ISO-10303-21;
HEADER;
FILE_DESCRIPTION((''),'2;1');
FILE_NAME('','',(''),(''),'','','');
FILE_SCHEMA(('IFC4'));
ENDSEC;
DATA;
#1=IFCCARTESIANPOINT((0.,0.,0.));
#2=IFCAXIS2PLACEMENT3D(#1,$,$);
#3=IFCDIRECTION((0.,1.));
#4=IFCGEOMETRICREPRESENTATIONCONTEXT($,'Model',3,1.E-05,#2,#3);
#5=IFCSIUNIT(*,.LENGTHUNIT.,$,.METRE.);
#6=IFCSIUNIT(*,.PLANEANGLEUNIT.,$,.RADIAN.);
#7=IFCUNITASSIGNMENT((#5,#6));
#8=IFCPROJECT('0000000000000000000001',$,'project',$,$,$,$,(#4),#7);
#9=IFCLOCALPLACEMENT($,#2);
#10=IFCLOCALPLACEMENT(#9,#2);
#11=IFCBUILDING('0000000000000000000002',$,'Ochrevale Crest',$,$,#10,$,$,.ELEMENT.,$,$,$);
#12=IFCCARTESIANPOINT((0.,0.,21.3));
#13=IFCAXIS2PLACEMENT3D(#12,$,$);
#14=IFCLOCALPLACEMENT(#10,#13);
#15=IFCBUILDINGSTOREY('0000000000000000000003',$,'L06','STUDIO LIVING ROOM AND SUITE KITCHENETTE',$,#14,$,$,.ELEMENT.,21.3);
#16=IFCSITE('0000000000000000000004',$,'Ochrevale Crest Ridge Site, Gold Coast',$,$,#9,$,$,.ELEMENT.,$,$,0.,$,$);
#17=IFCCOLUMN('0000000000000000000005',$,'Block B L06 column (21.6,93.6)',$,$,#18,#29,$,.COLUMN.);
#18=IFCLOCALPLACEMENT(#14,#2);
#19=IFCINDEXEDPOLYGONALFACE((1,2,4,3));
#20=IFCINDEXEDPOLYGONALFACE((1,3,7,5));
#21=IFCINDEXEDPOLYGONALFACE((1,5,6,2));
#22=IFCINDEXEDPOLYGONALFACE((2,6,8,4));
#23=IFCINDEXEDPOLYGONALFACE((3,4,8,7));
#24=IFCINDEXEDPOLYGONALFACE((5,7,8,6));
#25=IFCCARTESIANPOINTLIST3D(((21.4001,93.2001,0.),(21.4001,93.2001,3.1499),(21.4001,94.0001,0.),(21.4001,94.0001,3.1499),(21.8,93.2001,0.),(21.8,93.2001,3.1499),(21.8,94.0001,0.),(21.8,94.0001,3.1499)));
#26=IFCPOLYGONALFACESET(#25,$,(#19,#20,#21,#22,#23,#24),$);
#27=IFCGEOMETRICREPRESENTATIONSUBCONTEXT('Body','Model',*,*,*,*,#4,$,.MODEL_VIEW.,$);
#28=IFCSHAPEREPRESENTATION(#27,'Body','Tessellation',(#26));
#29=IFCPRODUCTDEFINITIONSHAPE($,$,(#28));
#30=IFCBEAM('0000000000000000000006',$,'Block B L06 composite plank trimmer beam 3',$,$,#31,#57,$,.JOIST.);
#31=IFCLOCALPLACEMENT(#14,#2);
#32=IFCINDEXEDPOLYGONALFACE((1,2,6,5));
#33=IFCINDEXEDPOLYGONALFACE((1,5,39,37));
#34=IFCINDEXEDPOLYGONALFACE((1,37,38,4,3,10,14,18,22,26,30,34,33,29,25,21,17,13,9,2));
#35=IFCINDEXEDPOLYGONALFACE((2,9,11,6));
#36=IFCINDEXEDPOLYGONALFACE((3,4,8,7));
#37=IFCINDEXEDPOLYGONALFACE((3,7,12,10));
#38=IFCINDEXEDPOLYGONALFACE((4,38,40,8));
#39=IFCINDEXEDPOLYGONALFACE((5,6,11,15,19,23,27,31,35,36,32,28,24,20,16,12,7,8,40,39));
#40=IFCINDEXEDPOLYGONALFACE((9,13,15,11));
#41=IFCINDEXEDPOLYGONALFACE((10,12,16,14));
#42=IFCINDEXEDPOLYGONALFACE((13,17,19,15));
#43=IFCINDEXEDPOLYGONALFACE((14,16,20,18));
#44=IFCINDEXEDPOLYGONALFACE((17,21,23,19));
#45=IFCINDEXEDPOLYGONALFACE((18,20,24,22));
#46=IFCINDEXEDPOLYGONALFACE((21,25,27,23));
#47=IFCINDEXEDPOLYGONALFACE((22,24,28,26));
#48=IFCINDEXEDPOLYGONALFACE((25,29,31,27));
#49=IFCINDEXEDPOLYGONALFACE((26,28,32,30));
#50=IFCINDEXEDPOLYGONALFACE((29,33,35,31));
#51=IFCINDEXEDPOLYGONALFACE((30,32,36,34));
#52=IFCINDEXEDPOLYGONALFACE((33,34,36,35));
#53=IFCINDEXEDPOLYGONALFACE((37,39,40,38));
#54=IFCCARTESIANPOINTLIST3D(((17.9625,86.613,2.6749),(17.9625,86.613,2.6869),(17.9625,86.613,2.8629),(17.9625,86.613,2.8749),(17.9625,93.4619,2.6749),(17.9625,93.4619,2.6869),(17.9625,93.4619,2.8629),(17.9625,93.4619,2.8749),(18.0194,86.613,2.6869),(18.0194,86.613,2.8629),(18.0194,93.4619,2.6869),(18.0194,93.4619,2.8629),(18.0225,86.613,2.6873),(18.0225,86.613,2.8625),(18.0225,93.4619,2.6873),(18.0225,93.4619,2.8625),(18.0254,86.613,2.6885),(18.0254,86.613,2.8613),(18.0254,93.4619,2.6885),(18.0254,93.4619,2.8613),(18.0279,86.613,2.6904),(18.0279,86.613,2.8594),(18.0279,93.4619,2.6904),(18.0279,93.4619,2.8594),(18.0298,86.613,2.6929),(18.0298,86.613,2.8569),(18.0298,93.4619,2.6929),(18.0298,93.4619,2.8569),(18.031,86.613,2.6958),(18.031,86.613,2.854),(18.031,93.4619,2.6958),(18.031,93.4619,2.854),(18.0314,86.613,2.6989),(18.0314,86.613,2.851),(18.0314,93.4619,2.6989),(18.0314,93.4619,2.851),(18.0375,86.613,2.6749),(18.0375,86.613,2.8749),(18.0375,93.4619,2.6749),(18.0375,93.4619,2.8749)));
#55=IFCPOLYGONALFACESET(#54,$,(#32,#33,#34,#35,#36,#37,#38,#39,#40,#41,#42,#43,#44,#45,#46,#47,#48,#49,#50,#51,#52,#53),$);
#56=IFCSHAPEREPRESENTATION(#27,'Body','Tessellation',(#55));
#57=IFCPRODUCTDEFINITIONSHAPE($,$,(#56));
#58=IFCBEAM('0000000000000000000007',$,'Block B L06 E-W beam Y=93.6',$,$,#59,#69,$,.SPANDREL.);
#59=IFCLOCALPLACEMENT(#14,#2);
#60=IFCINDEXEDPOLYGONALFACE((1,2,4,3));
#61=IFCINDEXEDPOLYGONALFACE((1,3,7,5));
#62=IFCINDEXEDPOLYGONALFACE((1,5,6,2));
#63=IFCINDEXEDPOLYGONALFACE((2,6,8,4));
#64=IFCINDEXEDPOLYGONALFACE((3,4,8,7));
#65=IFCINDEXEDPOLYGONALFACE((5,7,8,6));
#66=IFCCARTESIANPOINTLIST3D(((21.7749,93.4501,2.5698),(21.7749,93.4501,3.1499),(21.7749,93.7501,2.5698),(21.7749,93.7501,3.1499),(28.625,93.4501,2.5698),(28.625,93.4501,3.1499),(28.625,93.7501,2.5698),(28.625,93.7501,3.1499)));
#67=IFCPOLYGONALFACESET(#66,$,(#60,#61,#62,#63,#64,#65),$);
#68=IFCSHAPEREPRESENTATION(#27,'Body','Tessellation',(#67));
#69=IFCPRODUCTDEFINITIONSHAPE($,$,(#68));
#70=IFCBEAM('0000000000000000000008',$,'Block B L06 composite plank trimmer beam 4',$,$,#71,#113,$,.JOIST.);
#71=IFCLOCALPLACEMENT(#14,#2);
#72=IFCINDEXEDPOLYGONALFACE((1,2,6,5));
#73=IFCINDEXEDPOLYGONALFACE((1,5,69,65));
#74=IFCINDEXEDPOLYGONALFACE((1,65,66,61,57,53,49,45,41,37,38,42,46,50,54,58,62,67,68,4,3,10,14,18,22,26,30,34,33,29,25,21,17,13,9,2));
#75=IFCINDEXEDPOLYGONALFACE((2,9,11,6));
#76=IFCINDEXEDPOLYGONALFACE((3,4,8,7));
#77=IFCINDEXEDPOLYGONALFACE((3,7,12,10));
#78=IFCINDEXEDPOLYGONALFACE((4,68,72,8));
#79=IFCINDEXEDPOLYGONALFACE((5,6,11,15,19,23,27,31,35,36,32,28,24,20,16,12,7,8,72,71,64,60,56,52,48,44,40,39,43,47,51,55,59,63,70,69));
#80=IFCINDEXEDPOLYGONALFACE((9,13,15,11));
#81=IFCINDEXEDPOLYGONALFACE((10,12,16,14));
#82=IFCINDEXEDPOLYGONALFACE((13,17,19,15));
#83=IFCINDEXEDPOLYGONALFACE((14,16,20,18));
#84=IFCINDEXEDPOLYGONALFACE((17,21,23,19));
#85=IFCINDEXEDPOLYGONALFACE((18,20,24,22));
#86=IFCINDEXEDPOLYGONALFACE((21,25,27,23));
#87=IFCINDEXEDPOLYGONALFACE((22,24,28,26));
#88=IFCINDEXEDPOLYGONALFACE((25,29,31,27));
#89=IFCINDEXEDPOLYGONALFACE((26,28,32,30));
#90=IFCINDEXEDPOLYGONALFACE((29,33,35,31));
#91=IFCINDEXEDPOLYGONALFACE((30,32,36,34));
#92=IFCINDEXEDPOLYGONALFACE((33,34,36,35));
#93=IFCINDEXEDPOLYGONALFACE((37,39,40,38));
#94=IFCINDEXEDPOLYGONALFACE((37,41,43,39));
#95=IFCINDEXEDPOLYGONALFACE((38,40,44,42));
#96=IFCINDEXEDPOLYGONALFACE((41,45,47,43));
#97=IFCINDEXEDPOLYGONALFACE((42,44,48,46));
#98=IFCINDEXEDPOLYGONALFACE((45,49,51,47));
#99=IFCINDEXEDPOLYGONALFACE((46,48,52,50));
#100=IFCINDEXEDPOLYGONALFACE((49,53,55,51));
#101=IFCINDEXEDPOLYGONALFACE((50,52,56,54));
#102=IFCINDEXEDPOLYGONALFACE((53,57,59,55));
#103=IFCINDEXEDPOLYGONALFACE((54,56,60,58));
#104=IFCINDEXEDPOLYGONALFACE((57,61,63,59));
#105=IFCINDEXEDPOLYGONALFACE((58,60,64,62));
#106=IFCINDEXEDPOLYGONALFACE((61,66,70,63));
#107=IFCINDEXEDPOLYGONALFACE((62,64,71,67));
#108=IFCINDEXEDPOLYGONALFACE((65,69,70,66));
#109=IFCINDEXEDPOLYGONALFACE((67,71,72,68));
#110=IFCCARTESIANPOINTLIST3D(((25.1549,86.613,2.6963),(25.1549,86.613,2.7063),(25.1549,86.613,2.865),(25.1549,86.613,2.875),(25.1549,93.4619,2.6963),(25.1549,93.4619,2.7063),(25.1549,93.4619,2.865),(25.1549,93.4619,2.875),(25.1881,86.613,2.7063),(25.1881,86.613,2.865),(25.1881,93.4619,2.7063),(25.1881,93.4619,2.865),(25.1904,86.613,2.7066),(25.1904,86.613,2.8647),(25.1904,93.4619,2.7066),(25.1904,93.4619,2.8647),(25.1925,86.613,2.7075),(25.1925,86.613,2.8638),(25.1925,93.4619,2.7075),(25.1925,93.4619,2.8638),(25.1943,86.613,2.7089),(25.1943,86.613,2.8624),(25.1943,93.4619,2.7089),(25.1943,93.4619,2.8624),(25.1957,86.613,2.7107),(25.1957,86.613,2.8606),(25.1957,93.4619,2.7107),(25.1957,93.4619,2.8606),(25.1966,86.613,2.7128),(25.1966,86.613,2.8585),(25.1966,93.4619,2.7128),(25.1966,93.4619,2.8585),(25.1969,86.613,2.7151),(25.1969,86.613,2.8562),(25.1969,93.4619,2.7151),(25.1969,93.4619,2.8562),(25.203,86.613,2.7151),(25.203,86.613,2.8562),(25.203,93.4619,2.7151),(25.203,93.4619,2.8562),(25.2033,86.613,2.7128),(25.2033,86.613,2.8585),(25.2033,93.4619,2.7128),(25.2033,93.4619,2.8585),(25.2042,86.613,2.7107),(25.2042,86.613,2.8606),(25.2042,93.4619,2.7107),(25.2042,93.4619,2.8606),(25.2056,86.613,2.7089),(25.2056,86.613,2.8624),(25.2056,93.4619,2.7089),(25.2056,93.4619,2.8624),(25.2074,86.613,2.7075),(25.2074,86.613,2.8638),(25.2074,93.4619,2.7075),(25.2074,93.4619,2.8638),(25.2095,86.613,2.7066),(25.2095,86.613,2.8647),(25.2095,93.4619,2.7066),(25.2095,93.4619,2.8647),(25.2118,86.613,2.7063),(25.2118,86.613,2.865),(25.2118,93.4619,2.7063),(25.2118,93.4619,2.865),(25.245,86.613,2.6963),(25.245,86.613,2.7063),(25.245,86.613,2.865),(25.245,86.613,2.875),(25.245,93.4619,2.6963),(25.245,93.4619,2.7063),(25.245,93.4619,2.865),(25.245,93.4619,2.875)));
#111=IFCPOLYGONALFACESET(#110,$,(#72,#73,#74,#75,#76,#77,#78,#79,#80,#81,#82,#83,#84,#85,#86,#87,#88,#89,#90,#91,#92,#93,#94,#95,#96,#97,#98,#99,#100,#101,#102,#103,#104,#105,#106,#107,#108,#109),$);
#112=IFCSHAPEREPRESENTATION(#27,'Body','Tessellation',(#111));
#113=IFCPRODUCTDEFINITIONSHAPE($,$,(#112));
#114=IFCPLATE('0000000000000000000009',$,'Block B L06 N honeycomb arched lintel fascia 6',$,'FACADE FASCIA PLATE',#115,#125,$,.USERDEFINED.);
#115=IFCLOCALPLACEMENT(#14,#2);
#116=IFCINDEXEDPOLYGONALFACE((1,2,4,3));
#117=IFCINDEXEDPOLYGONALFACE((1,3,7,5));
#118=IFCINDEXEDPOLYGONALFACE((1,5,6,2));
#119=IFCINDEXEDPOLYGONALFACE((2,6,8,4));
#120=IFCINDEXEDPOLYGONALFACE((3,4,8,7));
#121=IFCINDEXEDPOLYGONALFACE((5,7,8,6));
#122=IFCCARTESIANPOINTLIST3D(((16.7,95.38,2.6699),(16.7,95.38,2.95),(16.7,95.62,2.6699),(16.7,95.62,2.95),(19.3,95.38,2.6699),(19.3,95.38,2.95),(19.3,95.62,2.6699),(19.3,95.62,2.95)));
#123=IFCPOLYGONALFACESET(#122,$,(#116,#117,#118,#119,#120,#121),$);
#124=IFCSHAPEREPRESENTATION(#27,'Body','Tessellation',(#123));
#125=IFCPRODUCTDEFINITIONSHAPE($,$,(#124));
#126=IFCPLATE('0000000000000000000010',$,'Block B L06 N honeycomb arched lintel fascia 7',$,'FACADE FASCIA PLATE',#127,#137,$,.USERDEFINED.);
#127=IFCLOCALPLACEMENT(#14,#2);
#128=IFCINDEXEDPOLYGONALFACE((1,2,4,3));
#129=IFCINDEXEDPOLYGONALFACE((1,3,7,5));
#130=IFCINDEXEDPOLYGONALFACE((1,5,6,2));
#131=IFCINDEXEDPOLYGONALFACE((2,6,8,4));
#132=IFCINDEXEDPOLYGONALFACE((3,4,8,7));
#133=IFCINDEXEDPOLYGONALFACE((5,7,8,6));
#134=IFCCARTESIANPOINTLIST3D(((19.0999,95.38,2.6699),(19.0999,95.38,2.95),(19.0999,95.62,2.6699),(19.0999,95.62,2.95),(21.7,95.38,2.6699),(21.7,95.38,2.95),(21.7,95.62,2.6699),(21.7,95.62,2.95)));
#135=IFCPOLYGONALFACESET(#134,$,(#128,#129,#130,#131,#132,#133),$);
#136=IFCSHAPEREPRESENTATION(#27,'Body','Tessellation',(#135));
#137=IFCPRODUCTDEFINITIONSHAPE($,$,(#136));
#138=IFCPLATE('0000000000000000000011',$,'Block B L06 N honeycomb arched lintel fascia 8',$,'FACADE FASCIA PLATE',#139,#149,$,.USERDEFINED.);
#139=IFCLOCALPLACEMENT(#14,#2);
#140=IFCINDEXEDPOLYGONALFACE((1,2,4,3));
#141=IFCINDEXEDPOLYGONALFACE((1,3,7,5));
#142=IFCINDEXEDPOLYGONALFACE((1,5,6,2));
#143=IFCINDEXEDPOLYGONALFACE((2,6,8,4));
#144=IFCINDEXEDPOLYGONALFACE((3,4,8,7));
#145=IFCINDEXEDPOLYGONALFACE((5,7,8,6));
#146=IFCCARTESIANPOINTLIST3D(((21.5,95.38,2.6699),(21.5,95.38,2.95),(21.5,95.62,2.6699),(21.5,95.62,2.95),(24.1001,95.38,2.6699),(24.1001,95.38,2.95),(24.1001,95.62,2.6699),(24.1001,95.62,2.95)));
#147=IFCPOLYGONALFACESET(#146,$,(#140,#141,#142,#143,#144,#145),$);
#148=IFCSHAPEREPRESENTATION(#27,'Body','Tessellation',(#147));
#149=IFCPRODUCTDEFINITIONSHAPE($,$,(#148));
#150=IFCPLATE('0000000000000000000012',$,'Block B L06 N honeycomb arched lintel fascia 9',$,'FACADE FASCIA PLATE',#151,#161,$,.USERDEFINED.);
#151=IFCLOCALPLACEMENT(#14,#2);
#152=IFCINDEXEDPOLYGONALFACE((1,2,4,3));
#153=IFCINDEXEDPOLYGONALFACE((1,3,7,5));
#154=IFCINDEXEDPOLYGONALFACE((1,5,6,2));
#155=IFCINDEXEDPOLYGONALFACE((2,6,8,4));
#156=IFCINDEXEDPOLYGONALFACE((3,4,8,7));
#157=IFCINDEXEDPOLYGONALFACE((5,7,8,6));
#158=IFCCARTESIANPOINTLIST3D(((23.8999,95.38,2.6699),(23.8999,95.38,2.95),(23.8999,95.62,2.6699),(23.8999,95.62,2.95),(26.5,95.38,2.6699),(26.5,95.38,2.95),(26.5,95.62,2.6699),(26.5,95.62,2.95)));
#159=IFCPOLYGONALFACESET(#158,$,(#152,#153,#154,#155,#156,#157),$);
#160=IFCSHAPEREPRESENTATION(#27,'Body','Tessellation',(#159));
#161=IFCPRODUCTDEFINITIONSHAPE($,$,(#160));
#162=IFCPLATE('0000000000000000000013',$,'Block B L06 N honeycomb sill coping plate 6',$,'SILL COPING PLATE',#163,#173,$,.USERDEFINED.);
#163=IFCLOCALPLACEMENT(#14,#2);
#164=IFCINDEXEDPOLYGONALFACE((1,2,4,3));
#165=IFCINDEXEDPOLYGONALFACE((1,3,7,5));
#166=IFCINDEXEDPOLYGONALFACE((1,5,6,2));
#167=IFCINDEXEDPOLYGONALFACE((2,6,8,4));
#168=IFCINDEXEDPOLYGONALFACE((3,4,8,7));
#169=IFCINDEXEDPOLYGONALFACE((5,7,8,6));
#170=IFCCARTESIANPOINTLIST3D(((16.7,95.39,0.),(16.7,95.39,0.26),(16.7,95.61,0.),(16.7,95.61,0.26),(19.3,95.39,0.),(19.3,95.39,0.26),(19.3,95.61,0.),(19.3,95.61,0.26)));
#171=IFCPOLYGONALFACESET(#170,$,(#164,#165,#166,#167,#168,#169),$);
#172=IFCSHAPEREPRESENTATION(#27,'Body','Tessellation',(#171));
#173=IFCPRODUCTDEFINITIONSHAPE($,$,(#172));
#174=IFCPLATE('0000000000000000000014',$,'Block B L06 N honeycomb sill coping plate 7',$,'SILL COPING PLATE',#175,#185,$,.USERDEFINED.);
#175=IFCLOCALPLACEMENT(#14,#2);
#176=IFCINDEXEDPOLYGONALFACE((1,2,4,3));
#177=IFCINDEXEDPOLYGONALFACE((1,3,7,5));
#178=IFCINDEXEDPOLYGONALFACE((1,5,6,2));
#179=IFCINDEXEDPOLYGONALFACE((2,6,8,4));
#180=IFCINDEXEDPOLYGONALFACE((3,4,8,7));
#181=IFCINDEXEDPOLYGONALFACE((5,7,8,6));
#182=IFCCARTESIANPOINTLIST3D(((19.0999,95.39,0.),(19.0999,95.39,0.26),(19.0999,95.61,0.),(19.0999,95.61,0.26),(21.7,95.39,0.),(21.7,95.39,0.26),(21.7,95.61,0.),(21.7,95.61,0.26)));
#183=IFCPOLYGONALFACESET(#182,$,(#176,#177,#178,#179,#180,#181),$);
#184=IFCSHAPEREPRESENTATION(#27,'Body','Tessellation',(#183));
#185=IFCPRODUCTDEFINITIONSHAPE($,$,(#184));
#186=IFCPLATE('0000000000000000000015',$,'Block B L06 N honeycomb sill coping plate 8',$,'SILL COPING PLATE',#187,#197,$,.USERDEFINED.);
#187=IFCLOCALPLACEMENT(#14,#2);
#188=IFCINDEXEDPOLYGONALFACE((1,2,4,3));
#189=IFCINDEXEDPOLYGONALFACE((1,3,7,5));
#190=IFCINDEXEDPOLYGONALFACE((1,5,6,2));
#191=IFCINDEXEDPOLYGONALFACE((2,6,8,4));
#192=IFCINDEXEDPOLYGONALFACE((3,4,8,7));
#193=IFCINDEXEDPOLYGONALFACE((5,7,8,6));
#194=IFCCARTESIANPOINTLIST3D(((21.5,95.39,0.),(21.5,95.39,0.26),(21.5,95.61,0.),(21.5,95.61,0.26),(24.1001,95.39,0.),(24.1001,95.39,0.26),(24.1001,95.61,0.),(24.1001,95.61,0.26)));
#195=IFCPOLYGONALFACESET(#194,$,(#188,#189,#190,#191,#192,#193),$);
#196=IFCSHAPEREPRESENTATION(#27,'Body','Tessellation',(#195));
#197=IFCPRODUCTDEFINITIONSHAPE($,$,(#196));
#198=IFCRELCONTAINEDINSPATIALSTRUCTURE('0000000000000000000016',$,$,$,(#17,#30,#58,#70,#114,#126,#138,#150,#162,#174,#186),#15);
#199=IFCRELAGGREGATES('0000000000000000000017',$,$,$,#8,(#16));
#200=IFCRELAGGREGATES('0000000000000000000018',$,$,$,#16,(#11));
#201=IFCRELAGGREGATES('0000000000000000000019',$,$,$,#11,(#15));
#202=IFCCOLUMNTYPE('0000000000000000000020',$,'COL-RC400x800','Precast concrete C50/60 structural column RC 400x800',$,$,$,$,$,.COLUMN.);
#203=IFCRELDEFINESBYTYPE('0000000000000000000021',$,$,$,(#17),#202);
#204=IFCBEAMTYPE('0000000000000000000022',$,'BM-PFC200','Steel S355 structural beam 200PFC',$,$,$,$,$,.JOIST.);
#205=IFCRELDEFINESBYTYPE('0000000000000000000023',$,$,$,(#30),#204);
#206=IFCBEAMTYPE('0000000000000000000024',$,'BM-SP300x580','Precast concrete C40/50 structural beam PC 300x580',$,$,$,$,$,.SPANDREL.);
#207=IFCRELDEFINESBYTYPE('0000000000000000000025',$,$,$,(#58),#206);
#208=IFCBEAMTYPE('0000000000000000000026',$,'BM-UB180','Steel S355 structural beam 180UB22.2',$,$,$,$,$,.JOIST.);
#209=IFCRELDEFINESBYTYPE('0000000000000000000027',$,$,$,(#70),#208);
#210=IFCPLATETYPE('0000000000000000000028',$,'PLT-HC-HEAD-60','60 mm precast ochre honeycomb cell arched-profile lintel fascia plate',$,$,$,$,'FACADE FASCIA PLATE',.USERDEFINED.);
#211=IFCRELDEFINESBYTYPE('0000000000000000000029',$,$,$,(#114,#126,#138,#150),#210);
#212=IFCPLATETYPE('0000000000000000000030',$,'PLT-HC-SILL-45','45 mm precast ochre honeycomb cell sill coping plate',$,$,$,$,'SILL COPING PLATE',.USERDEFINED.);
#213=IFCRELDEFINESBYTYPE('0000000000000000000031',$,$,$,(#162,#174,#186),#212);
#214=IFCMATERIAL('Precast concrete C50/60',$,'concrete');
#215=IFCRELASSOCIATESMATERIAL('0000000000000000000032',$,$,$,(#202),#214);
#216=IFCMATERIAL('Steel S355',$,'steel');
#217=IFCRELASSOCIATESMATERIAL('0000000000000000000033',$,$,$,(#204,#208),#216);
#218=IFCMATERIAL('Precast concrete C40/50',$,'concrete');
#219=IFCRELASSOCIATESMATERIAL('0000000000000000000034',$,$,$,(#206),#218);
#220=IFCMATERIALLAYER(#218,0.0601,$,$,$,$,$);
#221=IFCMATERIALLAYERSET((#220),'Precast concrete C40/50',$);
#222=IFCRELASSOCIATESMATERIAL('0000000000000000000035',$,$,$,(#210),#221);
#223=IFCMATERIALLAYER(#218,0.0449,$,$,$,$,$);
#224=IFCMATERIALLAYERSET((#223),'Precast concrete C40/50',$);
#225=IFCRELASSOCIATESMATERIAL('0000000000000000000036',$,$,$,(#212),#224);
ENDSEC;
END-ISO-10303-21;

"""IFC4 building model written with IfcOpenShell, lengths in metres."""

from ifc_helpers import new_model, si_unit, direction, frame, origin, origin_2d, place, context, subcontext, project, spatial, rectangle, i_section, u_section, extrude, material, layer, layer_set, material_profile, profile_set, type_object, element, save


model = new_model("IFC4")

# Units and contexts
model_context = context("Model", 3, precision=1e-05, world=origin(), true_north=direction((0.0, 1.0)))
body_context = subcontext(model_context, "Body", "Model", "MODEL_VIEW")
ifc_project = project(units=[si_unit("LENGTHUNIT", "METRE"), si_unit("PLANEANGLEUNIT", "RADIAN")], contexts=[model_context])

# Site, building, storey
site_placement = place(None, origin())
site = spatial("IfcSite", under=ifc_project, at=site_placement, Name="Ochrevale Crest Ridge Site, Gold Coast", CompositionType="ELEMENT", RefElevation=0.0)
building_placement = place(site_placement, origin())
building = spatial("IfcBuilding", under=site, at=building_placement, Name="Ochrevale Crest", CompositionType="ELEMENT")
storey_placement = place(building_placement, frame((0.0, 0.0, 21.3)))
storey = spatial("IfcBuildingStorey", under=building, at=storey_placement, Name="L06", Description="STUDIO LIVING ROOM AND SUITE KITCHENETTE", CompositionType="ELEMENT", Elevation=21.3)

# Column
ifc_material_1 = material(Name="Precast concrete C50/60", Category="concrete")
ifc_material_profile_1 = material_profile(ifc_material_1, rectangle(XDim=0.3999, YDim=0.8, at=origin_2d()), Name="RC 400x800")
ifc_profile_set_1 = profile_set([ifc_material_profile_1], Name="Precast concrete C50/60")
column_type = type_object("IfcColumnType", Name="COL-RC400x800", Description="Precast concrete C50/60 structural column RC 400x800", PredefinedType="COLUMN", material=ifc_profile_set_1)
column_placement = place(storey_placement, frame((21.6001, 93.6001, 0.0), z_axis=(0.0, 0.0, 1.0), x_axis=(1.0, 0.0, 0.0)))
element("IfcColumn", 1, at=column_placement, inside=storey, type_object=column_type, Name="Block B L06 column (21.6,93.6)", PredefinedType="COLUMN", context=body_context, shape_type="SweptSolid", body=[
    extrude(rectangle(XDim=0.3999, YDim=0.8, at=origin_2d()), origin(), (0.0, 0.0, 1.0), 3.1499),
])

# Beams
ifc_material_2 = material(Name="Steel S355", Category="steel")
ifc_material_profile_2 = material_profile(ifc_material_2, u_section(Depth=0.2, FlangeWidth=0.075, WebThickness=0.0061, FlangeThickness=0.012, FilletRadius=0.012, at=origin_2d()), Name="200PFC")
ifc_profile_set_2 = profile_set([ifc_material_profile_2], Name="Steel S355")
beam_type_1 = type_object("IfcBeamType", Name="BM-PFC200", Description="Steel S355 structural beam 200PFC", PredefinedType="JOIST", material=ifc_profile_set_2)
beam_1_placement = place(storey_placement, frame((18.0, 86.613, 2.7749), z_axis=(0.0, 1.0, 0.0), x_axis=(-1.0, 0.0, 0.0)))
element("IfcBeam", 2, at=beam_1_placement, inside=storey, type_object=beam_type_1, Name="Block B L06 composite plank trimmer beam 3", PredefinedType="JOIST", context=body_context, shape_type="SweptSolid", body=[
    extrude(u_section(Depth=0.2, FlangeWidth=0.075, WebThickness=0.0061, FlangeThickness=0.012, FilletRadius=0.012, at=origin_2d()), origin(), (0.0, 0.0, 1.0), 6.8489),
])
ifc_material_3 = material(Name="Precast concrete C40/50", Category="concrete")
ifc_material_profile_3 = material_profile(ifc_material_3, rectangle(XDim=0.3, YDim=0.5801, at=origin_2d()), Name="PC 300x580")
ifc_profile_set_3 = profile_set([ifc_material_profile_3], Name="Precast concrete C40/50")
beam_type_2 = type_object("IfcBeamType", Name="BM-SP300x580", Description="Precast concrete C40/50 structural beam PC 300x580", PredefinedType="SPANDREL", material=ifc_profile_set_3)
beam_2_placement = place(storey_placement, frame((21.7749, 93.6001, 2.8599), z_axis=(1.0, 0.0, 0.0), x_axis=(0.0, 1.0, 0.0)))
element("IfcBeam", 3, at=beam_2_placement, inside=storey, type_object=beam_type_2, Name="Block B L06 E-W beam Y=93.6", PredefinedType="SPANDREL", context=body_context, shape_type="SweptSolid", body=[
    extrude(rectangle(XDim=0.3, YDim=0.5801, at=origin_2d()), origin(), (0.0, 0.0, 1.0), 6.8501),
])
ifc_material_profile_4 = material_profile(ifc_material_2, i_section(OverallWidth=0.0901, OverallDepth=0.1787, WebThickness=0.0061, FlangeThickness=0.01, FilletRadius=0.0088, at=origin_2d()), Name="180UB22.2")
ifc_profile_set_4 = profile_set([ifc_material_profile_4], Name="Steel S355")
beam_type_3 = type_object("IfcBeamType", Name="BM-UB180", Description="Steel S355 structural beam 180UB22.2", PredefinedType="JOIST", material=ifc_profile_set_4)
beam_3_placement = place(storey_placement, frame((25.2, 86.613, 2.7856), z_axis=(0.0, 1.0, 0.0), x_axis=(-1.0, 0.0, 0.0)))
element("IfcBeam", 4, at=beam_3_placement, inside=storey, type_object=beam_type_3, Name="Block B L06 composite plank trimmer beam 4", PredefinedType="JOIST", context=body_context, shape_type="SweptSolid", body=[
    extrude(i_section(OverallWidth=0.0901, OverallDepth=0.1787, WebThickness=0.0061, FlangeThickness=0.01, FilletRadius=0.0088, at=origin_2d()), origin(), (0.0, 0.0, 1.0), 6.8489),
])

# Plates
ifc_layer_1 = layer(ifc_material_3, 0.0601)
ifc_layer_set_1 = layer_set([ifc_layer_1], Name="Precast concrete C40/50")
plate_type_1 = type_object("IfcPlateType", Name="PLT-HC-HEAD-60", Description="60 mm precast ochre honeycomb cell arched-profile lintel fascia plate", ElementType="FACADE FASCIA PLATE", PredefinedType="USERDEFINED", material=ifc_layer_set_1)
for number, where, z_axis, x_axis, name in (
    (5, (18.0, 95.5, 2.6699), (0.0, 0.0, 1.0), (1.0, 0.0, 0.0), "Block B L06 N honeycomb arched lintel fascia 6"),
    (6, (20.3999, 95.5, 2.6699), (0.0, 0.0, 1.0), (1.0, 0.0, 0.0), "Block B L06 N honeycomb arched lintel fascia 7"),
    (7, (22.8, 95.5, 2.6699), (0.0, 0.0, 1.0), (1.0, 0.0, 0.0), "Block B L06 N honeycomb arched lintel fascia 8"),
    (8, (25.2, 95.5, 2.6699), (0.0, 0.0, 1.0), (1.0, 0.0, 0.0), "Block B L06 N honeycomb arched lintel fascia 9"),
):
    element("IfcPlate", number, at=place(storey_placement, frame(where, z_axis=z_axis, x_axis=x_axis)), inside=storey, type_object=plate_type_1, Name=name, ObjectType="FACADE FASCIA PLATE", PredefinedType="USERDEFINED", context=body_context, shape_type="SweptSolid", body=[
        extrude(rectangle(XDim=2.6001, YDim=0.24, at=origin_2d()), origin(), (0.0, 0.0, 1.0), 0.28),
    ])
ifc_layer_2 = layer(ifc_material_3, 0.0449)
ifc_layer_set_2 = layer_set([ifc_layer_2], Name="Precast concrete C40/50")
plate_type_2 = type_object("IfcPlateType", Name="PLT-HC-SILL-45", Description="45 mm precast ochre honeycomb cell sill coping plate", ElementType="SILL COPING PLATE", PredefinedType="USERDEFINED", material=ifc_layer_set_2)
for number, where, z_axis, x_axis, name in (
    (9, (18.0, 95.5, 0.0), (0.0, 0.0, 1.0), (1.0, 0.0, 0.0), "Block B L06 N honeycomb sill coping plate 6"),
    (10, (20.3999, 95.5, 0.0), (0.0, 0.0, 1.0), (1.0, 0.0, 0.0), "Block B L06 N honeycomb sill coping plate 7"),
    (11, (22.8, 95.5, 0.0), (0.0, 0.0, 1.0), (1.0, 0.0, 0.0), "Block B L06 N honeycomb sill coping plate 8"),
):
    element("IfcPlate", number, at=place(storey_placement, frame(where, z_axis=z_axis, x_axis=x_axis)), inside=storey, type_object=plate_type_2, Name=name, ObjectType="SILL COPING PLATE", PredefinedType="USERDEFINED", context=body_context, shape_type="SweptSolid", body=[
        extrude(rectangle(XDim=2.6001, YDim=0.22, at=origin_2d()), origin(), (0.0, 0.0, 1.0), 0.26),
    ])

save(model, "model.ifc")
